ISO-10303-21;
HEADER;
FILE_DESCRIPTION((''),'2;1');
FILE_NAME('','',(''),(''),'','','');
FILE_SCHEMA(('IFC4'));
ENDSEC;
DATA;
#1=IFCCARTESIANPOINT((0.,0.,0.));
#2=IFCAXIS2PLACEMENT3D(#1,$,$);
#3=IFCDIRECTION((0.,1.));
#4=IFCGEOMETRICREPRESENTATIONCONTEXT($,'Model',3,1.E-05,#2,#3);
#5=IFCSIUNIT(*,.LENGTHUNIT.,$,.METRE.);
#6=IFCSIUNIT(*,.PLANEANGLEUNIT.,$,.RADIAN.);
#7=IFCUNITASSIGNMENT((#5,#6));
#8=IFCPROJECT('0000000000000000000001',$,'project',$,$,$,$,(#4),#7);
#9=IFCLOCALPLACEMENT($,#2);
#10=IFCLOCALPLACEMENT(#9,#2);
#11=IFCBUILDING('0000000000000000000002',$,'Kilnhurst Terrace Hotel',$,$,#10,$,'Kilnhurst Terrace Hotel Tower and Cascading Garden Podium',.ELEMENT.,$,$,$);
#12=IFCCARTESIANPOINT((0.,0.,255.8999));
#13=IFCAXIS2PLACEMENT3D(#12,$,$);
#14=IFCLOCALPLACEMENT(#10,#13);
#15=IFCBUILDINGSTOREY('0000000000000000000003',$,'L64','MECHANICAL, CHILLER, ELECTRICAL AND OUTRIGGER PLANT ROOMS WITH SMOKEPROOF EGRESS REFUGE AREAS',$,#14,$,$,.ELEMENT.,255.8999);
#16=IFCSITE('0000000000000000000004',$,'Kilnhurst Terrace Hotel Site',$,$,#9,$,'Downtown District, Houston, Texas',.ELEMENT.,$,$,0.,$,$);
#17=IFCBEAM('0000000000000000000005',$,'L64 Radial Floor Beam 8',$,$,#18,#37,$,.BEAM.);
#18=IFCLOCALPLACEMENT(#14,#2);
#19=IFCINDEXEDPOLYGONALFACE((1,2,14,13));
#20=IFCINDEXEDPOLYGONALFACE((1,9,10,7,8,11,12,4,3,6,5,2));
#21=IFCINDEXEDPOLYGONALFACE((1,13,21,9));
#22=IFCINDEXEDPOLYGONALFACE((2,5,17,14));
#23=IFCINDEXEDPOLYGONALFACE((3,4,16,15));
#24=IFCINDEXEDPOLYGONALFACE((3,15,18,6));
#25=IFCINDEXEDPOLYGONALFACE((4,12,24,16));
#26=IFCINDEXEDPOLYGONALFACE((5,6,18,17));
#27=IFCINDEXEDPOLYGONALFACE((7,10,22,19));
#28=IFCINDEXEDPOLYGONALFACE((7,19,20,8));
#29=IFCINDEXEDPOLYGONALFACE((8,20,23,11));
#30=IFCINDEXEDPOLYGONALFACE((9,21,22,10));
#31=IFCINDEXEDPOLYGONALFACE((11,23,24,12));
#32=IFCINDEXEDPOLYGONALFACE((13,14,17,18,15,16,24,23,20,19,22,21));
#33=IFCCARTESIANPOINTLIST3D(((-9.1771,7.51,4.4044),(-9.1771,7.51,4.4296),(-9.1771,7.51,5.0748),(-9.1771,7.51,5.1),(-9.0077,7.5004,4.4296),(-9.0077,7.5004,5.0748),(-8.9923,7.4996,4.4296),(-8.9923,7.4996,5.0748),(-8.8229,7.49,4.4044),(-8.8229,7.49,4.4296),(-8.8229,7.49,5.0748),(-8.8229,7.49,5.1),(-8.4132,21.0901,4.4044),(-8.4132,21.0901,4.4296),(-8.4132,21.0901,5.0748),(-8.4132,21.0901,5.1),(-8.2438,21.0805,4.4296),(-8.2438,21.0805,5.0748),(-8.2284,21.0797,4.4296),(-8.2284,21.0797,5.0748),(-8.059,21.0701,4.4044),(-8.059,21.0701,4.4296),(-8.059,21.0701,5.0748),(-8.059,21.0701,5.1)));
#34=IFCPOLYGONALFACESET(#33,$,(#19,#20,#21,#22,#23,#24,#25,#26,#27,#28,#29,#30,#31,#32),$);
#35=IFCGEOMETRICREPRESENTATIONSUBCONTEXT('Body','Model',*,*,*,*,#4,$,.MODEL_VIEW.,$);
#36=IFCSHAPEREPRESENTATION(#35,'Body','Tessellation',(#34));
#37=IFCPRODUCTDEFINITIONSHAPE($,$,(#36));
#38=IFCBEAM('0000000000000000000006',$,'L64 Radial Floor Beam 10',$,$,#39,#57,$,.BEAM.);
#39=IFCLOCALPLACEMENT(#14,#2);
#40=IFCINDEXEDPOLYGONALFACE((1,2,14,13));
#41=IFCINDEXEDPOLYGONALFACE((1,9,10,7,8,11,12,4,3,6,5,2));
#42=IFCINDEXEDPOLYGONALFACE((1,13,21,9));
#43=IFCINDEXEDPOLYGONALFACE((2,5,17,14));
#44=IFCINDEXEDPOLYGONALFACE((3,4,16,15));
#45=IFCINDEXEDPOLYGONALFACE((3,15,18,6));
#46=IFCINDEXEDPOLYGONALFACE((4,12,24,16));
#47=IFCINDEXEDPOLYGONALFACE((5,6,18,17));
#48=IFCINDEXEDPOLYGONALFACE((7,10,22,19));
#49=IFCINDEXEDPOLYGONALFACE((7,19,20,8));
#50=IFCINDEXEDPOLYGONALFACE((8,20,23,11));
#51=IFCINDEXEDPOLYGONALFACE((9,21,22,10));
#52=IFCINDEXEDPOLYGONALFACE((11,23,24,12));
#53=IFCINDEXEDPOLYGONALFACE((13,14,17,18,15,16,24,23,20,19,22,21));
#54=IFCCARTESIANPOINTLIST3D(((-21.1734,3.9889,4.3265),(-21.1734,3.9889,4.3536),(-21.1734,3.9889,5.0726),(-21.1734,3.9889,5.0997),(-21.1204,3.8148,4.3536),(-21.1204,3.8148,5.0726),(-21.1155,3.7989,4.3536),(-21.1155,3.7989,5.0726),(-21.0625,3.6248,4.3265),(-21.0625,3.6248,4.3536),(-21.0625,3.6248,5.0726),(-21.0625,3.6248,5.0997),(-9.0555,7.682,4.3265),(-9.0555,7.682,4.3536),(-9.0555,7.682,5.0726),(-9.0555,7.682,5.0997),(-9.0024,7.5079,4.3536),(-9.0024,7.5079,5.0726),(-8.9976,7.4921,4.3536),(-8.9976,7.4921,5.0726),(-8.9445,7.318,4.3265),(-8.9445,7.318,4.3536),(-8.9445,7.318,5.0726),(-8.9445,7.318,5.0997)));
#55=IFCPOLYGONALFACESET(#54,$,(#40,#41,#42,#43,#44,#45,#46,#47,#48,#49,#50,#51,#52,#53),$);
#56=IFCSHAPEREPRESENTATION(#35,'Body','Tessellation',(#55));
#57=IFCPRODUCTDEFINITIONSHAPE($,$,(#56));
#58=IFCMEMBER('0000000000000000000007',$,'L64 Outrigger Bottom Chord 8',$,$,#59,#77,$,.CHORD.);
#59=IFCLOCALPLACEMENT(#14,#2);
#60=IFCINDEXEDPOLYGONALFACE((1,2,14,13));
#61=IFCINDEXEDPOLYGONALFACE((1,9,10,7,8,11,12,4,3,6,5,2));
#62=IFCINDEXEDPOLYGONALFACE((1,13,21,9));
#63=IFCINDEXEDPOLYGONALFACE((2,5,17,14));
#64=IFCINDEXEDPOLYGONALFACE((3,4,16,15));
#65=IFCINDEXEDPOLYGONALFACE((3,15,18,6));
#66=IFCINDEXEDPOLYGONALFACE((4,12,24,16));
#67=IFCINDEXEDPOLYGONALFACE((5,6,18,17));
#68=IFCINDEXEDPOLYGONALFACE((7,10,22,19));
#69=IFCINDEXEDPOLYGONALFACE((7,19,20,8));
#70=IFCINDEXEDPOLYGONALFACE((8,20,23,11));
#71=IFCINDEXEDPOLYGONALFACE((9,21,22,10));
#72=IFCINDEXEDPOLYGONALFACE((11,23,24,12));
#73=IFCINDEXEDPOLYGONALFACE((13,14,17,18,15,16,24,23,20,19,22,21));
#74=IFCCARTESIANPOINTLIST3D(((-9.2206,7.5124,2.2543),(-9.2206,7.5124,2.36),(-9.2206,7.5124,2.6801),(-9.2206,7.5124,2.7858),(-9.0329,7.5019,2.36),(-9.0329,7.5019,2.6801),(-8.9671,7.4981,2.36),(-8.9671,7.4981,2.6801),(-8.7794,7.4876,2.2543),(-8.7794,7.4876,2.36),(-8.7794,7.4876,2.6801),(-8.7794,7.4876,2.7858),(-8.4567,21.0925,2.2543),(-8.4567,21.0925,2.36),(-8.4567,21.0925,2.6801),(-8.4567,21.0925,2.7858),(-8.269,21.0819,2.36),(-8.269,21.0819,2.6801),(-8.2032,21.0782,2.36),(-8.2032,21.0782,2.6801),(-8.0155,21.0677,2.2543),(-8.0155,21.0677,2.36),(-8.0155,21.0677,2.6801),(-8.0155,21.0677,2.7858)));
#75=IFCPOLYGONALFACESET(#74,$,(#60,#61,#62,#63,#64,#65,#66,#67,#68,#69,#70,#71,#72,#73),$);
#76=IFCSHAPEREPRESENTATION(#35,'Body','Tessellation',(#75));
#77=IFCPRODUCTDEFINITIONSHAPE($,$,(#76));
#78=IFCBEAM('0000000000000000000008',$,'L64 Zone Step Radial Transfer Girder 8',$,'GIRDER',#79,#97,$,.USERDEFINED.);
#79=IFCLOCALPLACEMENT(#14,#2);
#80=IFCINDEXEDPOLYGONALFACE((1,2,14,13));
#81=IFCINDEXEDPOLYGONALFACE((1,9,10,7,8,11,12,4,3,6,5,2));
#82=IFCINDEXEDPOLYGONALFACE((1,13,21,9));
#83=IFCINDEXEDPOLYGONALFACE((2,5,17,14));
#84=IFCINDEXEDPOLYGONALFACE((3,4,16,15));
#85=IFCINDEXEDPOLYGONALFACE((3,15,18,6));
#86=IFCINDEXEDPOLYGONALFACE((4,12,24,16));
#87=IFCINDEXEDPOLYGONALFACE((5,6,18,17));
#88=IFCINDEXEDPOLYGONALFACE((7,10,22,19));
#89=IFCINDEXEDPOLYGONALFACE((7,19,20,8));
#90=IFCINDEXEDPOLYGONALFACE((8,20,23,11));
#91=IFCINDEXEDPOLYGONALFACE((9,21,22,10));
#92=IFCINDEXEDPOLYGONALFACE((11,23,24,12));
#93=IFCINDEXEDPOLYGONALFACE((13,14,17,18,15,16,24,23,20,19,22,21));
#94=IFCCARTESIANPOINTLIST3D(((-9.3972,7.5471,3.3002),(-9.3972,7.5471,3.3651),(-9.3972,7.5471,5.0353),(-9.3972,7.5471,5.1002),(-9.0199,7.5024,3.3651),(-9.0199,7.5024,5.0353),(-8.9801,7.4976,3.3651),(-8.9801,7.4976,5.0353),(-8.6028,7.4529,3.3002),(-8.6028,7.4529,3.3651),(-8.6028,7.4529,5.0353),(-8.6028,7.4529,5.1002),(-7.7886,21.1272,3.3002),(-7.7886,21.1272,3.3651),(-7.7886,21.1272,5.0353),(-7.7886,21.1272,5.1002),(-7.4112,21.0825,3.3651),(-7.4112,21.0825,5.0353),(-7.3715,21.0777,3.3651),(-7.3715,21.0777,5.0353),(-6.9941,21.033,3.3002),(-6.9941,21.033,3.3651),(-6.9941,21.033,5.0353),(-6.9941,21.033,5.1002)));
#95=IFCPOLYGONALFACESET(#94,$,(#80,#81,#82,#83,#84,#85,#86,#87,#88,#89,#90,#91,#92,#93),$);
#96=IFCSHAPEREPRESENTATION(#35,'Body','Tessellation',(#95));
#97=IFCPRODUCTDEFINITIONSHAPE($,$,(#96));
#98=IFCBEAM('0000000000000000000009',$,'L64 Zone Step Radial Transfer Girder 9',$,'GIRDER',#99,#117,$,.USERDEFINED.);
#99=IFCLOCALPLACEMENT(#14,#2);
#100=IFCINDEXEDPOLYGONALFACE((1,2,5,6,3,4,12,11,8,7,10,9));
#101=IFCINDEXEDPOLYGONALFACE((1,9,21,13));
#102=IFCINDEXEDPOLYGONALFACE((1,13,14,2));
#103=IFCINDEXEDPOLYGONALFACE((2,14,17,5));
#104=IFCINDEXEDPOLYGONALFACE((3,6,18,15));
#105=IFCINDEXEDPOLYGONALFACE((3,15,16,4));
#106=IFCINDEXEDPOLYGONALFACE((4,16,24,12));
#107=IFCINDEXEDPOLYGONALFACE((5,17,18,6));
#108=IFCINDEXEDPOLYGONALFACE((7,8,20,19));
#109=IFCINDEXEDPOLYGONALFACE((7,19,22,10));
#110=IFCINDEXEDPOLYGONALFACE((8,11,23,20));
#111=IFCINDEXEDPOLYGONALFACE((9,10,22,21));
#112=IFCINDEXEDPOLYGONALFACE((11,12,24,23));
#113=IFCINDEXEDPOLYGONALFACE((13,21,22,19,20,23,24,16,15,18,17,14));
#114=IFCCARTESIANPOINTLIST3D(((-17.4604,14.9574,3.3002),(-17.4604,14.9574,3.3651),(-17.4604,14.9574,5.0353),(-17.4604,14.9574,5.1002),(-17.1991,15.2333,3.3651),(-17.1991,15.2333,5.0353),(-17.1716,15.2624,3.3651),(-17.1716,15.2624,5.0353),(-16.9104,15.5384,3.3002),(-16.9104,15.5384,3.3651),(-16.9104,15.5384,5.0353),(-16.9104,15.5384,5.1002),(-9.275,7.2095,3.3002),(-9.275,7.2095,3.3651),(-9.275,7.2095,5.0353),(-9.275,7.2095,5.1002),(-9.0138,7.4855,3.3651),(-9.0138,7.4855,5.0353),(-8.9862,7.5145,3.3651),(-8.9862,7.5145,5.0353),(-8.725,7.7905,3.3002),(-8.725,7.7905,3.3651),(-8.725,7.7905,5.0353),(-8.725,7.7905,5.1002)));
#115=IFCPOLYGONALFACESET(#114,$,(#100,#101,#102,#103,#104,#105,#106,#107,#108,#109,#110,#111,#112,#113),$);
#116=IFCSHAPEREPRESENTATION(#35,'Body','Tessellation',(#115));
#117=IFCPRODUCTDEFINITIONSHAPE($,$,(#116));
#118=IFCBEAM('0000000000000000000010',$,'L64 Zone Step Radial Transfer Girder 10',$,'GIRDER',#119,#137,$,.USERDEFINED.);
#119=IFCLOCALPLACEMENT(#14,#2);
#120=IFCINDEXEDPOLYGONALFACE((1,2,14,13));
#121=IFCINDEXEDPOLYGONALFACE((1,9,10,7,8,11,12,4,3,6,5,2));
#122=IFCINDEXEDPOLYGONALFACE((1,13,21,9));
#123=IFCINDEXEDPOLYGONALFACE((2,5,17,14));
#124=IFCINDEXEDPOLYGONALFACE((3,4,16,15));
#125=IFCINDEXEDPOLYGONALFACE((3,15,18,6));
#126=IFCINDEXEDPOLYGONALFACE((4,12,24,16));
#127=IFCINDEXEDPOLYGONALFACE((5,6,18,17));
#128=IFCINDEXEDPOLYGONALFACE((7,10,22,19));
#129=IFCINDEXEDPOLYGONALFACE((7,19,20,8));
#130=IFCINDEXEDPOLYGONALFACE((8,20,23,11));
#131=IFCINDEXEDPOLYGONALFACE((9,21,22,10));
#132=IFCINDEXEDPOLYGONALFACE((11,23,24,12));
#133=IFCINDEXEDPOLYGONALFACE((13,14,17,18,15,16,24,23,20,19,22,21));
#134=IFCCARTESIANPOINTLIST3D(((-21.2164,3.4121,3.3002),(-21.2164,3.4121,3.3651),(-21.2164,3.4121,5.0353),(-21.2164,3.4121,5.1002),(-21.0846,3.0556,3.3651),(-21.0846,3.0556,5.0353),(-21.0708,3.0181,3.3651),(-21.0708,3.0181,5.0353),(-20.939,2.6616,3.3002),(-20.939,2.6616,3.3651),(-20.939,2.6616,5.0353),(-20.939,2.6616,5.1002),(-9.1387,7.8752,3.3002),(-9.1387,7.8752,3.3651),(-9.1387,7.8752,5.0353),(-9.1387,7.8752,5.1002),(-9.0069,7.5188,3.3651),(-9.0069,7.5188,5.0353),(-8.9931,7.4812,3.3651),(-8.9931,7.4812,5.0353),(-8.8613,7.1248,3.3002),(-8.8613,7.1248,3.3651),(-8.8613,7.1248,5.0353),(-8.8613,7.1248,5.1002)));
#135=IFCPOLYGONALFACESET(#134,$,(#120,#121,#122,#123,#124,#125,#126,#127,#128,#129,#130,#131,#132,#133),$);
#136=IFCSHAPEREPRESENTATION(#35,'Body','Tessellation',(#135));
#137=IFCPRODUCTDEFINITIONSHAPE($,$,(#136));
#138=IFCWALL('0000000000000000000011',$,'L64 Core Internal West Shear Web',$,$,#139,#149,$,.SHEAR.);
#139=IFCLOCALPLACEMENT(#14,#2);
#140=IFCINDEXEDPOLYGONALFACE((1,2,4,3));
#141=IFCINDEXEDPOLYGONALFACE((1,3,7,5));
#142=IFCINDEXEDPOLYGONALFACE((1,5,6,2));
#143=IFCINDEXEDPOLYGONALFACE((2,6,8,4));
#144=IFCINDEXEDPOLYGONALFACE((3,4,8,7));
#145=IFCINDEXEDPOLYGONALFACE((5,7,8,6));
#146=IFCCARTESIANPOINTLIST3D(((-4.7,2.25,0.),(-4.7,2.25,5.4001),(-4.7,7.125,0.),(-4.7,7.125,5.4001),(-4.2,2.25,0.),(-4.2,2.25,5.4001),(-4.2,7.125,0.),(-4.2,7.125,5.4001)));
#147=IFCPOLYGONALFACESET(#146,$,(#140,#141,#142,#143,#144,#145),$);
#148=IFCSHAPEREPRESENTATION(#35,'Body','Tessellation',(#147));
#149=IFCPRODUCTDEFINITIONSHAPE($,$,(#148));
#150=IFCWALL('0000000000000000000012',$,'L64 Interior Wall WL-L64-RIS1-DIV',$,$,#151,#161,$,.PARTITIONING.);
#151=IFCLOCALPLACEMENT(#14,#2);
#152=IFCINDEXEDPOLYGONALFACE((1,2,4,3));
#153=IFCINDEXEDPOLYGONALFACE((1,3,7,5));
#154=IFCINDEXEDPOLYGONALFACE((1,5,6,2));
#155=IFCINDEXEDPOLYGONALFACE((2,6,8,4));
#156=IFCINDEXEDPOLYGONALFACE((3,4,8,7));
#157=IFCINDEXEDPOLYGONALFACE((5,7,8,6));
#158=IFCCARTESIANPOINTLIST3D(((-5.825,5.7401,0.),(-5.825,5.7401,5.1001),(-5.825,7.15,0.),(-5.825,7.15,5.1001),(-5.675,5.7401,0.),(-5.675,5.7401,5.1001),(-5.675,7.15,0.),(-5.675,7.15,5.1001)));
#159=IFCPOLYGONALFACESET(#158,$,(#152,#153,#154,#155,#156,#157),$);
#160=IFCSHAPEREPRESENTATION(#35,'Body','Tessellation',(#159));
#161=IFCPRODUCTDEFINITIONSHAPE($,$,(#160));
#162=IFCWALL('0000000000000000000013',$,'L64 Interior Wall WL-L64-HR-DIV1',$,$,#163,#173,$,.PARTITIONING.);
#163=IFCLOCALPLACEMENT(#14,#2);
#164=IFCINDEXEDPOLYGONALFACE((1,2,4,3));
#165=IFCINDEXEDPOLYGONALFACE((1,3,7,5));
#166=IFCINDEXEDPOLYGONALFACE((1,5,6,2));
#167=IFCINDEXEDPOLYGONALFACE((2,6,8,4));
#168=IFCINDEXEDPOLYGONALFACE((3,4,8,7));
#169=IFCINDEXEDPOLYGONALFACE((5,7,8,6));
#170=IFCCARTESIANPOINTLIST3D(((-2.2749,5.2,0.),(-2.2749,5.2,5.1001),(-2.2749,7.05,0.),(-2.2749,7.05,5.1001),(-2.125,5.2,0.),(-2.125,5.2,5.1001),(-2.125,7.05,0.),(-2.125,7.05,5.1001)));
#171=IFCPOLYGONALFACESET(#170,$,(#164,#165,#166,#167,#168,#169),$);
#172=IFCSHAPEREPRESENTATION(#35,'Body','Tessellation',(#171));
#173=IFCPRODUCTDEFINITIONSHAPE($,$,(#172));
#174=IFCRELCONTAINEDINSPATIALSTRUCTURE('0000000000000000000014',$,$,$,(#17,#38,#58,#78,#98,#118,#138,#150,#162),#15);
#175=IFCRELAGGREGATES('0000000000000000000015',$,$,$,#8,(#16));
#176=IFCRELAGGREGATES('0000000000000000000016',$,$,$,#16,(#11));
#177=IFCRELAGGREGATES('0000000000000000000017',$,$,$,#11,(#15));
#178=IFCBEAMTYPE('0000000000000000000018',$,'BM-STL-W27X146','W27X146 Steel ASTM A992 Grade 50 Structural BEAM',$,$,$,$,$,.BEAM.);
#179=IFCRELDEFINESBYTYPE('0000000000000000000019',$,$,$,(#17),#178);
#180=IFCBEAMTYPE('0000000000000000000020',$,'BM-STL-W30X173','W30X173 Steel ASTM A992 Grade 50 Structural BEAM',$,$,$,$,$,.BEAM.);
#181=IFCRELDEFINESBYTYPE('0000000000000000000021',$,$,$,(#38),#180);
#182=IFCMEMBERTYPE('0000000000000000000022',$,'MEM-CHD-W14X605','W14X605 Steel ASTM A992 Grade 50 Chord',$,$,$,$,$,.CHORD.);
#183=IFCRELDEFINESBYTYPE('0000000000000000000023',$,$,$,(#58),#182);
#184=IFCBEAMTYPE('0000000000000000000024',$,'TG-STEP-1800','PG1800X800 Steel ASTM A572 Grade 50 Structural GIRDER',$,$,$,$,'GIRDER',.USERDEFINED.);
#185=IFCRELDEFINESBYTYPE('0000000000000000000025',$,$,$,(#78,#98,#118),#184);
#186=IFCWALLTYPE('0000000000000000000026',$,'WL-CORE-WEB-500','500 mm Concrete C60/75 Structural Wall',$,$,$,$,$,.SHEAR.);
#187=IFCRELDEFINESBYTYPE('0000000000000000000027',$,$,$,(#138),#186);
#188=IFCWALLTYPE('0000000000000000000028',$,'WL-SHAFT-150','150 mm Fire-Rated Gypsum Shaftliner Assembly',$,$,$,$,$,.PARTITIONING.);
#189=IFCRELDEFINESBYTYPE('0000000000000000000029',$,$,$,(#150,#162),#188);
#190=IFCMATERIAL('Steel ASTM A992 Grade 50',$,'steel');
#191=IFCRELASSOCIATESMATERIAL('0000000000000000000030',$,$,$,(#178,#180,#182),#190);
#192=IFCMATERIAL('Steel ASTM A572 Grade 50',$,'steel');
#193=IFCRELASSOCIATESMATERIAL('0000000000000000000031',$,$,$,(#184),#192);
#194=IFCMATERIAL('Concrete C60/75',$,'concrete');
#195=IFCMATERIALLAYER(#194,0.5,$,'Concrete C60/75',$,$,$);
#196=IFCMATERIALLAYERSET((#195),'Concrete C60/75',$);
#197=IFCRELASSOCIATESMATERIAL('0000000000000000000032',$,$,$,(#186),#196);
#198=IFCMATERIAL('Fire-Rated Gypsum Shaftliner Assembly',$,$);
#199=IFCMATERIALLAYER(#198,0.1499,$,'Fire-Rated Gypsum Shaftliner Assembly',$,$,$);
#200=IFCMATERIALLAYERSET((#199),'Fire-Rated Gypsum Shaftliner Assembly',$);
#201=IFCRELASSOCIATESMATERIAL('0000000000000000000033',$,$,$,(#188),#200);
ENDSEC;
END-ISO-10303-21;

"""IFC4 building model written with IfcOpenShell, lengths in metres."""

from ifc_helpers import new_model, si_unit, direction, frame, frame_2d, origin, origin_2d, place, context, subcontext, project, spatial, rectangle, i_section, extrude, material, layer, layer_set, material_profile, profile_set, type_object, element, save


model = new_model("IFC4")

# Units and contexts
model_context = context("Model", 3, precision=1e-05, world=origin(), true_north=direction((0.0, 1.0)))
body_context = subcontext(model_context, "Body", "Model", "MODEL_VIEW")
ifc_project = project(units=[si_unit("LENGTHUNIT", "METRE"), si_unit("PLANEANGLEUNIT", "RADIAN")], contexts=[model_context])

# Site, building, storey
site_placement = place(None, origin())
site = spatial("IfcSite", under=ifc_project, at=site_placement, Name="Kilnhurst Terrace Hotel Site", LongName="Downtown District, Houston, Texas", CompositionType="ELEMENT", RefElevation=0.0)
building_placement = place(site_placement, origin())
building = spatial("IfcBuilding", under=site, at=building_placement, Name="Kilnhurst Terrace Hotel", LongName="Kilnhurst Terrace Hotel Tower and Cascading Garden Podium", CompositionType="ELEMENT")
storey_placement = place(building_placement, frame((0.0, 0.0, 255.8999)))
storey = spatial("IfcBuildingStorey", under=building, at=storey_placement, Name="L64", Description="MECHANICAL, CHILLER, ELECTRICAL AND OUTRIGGER PLANT ROOMS WITH SMOKEPROOF EGRESS REFUGE AREAS", CompositionType="ELEMENT", Elevation=255.8999)

# Beams
ifc_material_1 = material(Name="Steel ASTM A992 Grade 50", Category="steel")
ifc_material_profile_1 = material_profile(ifc_material_1, i_section(OverallWidth=0.3547, OverallDepth=0.6956, WebThickness=0.0154, FlangeThickness=0.0251, at=origin_2d()), Name="W27X146")
ifc_profile_set_1 = profile_set([ifc_material_profile_1], Name="Steel ASTM A992 Grade 50")
beam_type_1 = type_object("IfcBeamType", Name="BM-STL-W27X146", Description="W27X146 Steel ASTM A992 Grade 50 Structural BEAM", PredefinedType="BEAM", material=ifc_profile_set_1)
beam_1_placement = place(storey_placement, frame((-9.0, 7.5, 4.7522), z_axis=(0.056164, 0.998422, 0.0), x_axis=(-0.998422, 0.056164, 0.0)))
element("IfcBeam", 1, at=beam_1_placement, inside=storey, type_object=beam_type_1, Name="L64 Radial Floor Beam 8", PredefinedType="BEAM", context=body_context, shape_type="SweptSolid", body=[
    extrude(i_section(OverallWidth=0.3547, OverallDepth=0.6956, WebThickness=0.0154, FlangeThickness=0.0251, at=origin_2d()), origin(), (0.0, 0.0, 1.0), 13.6016),
])
ifc_material_profile_2 = material_profile(ifc_material_1, i_section(OverallWidth=0.3806, OverallDepth=0.7732, WebThickness=0.0166, FlangeThickness=0.0271, at=origin_2d()), Name="W30X173")
ifc_profile_set_2 = profile_set([ifc_material_profile_2], Name="Steel ASTM A992 Grade 50")
beam_type_2 = type_object("IfcBeamType", Name="BM-STL-W30X173", Description="W30X173 Steel ASTM A992 Grade 50 Structural BEAM", PredefinedType="BEAM", material=ifc_profile_set_2)
beam_2_placement = place(storey_placement, frame((-9.0, 7.5, 4.7131), z_axis=(-0.956563, -0.291527, 0.0), x_axis=(0.291527, -0.956563, 0.0)))
element("IfcBeam", 2, at=beam_2_placement, inside=storey, type_object=beam_type_2, Name="L64 Radial Floor Beam 10", PredefinedType="BEAM", context=body_context, shape_type="SweptSolid", body=[
    extrude(i_section(OverallWidth=0.3806, OverallDepth=0.7732, WebThickness=0.0166, FlangeThickness=0.0271, at=origin_2d()), origin(), (0.0, 0.0, 1.0), 12.6682),
])

# Member
ifc_material_profile_3 = material_profile(ifc_material_1, i_section(OverallWidth=0.4419, OverallDepth=0.5315, WebThickness=0.0659, FlangeThickness=0.1057, at=origin_2d()), Name="W14X605")
ifc_profile_set_3 = profile_set([ifc_material_profile_3], Name="Steel ASTM A992 Grade 50")
member_type = type_object("IfcMemberType", Name="MEM-CHD-W14X605", Description="W14X605 Steel ASTM A992 Grade 50 Chord", PredefinedType="CHORD", material=ifc_profile_set_3)
member_placement = place(storey_placement, frame((-9.0, 7.5, 2.52), z_axis=(0.056164, 0.998422, 0.0), x_axis=(-0.998422, 0.056164, 0.0)))
element("IfcMember", 3, at=member_placement, inside=storey, type_object=member_type, Name="L64 Outrigger Bottom Chord 8", PredefinedType="CHORD", context=body_context, shape_type="SweptSolid", body=[
    extrude(i_section(OverallWidth=0.4419, OverallDepth=0.5315, WebThickness=0.0659, FlangeThickness=0.1057, at=origin_2d()), origin(), (0.0, 0.0, 1.0), 13.6016),
])

# Beams
ifc_material_2 = material(Name="Steel ASTM A572 Grade 50", Category="steel")
ifc_material_profile_4 = material_profile(ifc_material_2, i_section(OverallWidth=0.8, OverallDepth=1.8, WebThickness=0.04, FlangeThickness=0.0649, at=origin_2d()), Name="PG1800X800")
ifc_profile_set_4 = profile_set([ifc_material_profile_4], Name="Steel ASTM A572 Grade 50")
beam_type_3 = type_object("IfcBeamType", Name="TG-STEP-1800", Description="PG1800X800 Steel ASTM A572 Grade 50 Structural GIRDER", ElementType="GIRDER", PredefinedType="USERDEFINED", material=ifc_profile_set_4)
beam_3_placement = place(storey_placement, frame((-9.0, 7.5, 4.2002), z_axis=(0.117634, 0.993057, 0.0), x_axis=(-0.993057, 0.117634, 0.0)))
element("IfcBeam", 4, at=beam_3_placement, inside=storey, type_object=beam_type_3, Name="L64 Zone Step Radial Transfer Girder 8", ObjectType="GIRDER", PredefinedType="USERDEFINED", context=body_context, shape_type="SweptSolid", body=[
    extrude(i_section(OverallWidth=0.8, OverallDepth=1.8, WebThickness=0.04, FlangeThickness=0.0649, at=origin_2d()), origin(), (0.0, 0.0, 1.0), 13.675),
])
beam_4_placement = place(storey_placement, frame((-9.0, 7.5, 4.2002), z_axis=(-0.726249, 0.687432, 0.0), x_axis=(-0.687432, -0.726249, 0.0)))
element("IfcBeam", 5, at=beam_4_placement, inside=storey, type_object=beam_type_3, Name="L64 Zone Step Radial Transfer Girder 9", ObjectType="GIRDER", PredefinedType="USERDEFINED", context=body_context, shape_type="SweptSolid", body=[
    extrude(i_section(OverallWidth=0.8, OverallDepth=1.8, WebThickness=0.04, FlangeThickness=0.0649, at=origin_2d()), origin(), (0.0, 0.0, 1.0), 11.2708),
])
beam_5_placement = place(storey_placement, frame((-9.0, 7.5, 4.2002), z_axis=(-0.938003, -0.346627, 0.0), x_axis=(0.346627, -0.938003, 0.0)))
element("IfcBeam", 6, at=beam_5_placement, inside=storey, type_object=beam_type_3, Name="L64 Zone Step Radial Transfer Girder 10", ObjectType="GIRDER", PredefinedType="USERDEFINED", context=body_context, shape_type="SweptSolid", body=[
    extrude(i_section(OverallWidth=0.8, OverallDepth=1.8, WebThickness=0.04, FlangeThickness=0.0649, at=origin_2d()), origin(), (0.0, 0.0, 1.0), 12.876),
])

# Walls
ifc_material_3 = material(Name="Concrete C60/75", Category="concrete")
ifc_layer_1 = layer(ifc_material_3, 0.5, Name="Concrete C60/75")
ifc_layer_set_1 = layer_set([ifc_layer_1], Name="Concrete C60/75")
wall_type_1 = type_object("IfcWallType", Name="WL-CORE-WEB-500", Description="500 mm Concrete C60/75 Structural Wall", PredefinedType="SHEAR", material=ifc_layer_set_1)
wall_1_placement = place(storey_placement, frame((-4.45, 2.25, 0.0), z_axis=(0.0, 0.0, 1.0), x_axis=(0.0, 1.0, 0.0)))
element("IfcWall", 7, at=wall_1_placement, inside=storey, type_object=wall_type_1, Name="L64 Core Internal West Shear Web", PredefinedType="SHEAR", context=body_context, shape_type="SweptSolid", body=[
    extrude(rectangle(XDim=4.875, YDim=0.5, at=frame_2d((2.4375, 0.0))), origin(), (0.0, 0.0, 1.0), 5.4001),
])
ifc_material_4 = material(Name="Fire-Rated Gypsum Shaftliner Assembly")
ifc_layer_2 = layer(ifc_material_4, 0.1499, Name="Fire-Rated Gypsum Shaftliner Assembly")
ifc_layer_set_2 = layer_set([ifc_layer_2], Name="Fire-Rated Gypsum Shaftliner Assembly")
wall_type_2 = type_object("IfcWallType", Name="WL-SHAFT-150", Description="150 mm Fire-Rated Gypsum Shaftliner Assembly", PredefinedType="PARTITIONING", material=ifc_layer_set_2)
wall_2_placement = place(storey_placement, frame((-5.75, 5.74, 0.0), z_axis=(0.0, 0.0, 1.0), x_axis=(0.0, 1.0, 0.0)))
element("IfcWall", 8, at=wall_2_placement, inside=storey, type_object=wall_type_2, Name="L64 Interior Wall WL-L64-RIS1-DIV", PredefinedType="PARTITIONING", context=body_context, shape_type="SweptSolid", body=[
    extrude(rectangle(XDim=1.4099, YDim=0.1499, at=frame_2d((0.7051, 0.0))), origin(), (0.0, 0.0, 1.0), 5.1001),
])
wall_3_placement = place(storey_placement, frame((-2.2, 5.2, 0.0), z_axis=(0.0, 0.0, 1.0), x_axis=(0.0, 1.0, 0.0)))
element("IfcWall", 9, at=wall_3_placement, inside=storey, type_object=wall_type_2, Name="L64 Interior Wall WL-L64-HR-DIV1", PredefinedType="PARTITIONING", context=body_context, shape_type="SweptSolid", body=[
    extrude(rectangle(XDim=1.8501, YDim=0.1499, at=frame_2d((0.925, 0.0))), origin(), (0.0, 0.0, 1.0), 5.1001),
])

save(model, "model.ifc")
